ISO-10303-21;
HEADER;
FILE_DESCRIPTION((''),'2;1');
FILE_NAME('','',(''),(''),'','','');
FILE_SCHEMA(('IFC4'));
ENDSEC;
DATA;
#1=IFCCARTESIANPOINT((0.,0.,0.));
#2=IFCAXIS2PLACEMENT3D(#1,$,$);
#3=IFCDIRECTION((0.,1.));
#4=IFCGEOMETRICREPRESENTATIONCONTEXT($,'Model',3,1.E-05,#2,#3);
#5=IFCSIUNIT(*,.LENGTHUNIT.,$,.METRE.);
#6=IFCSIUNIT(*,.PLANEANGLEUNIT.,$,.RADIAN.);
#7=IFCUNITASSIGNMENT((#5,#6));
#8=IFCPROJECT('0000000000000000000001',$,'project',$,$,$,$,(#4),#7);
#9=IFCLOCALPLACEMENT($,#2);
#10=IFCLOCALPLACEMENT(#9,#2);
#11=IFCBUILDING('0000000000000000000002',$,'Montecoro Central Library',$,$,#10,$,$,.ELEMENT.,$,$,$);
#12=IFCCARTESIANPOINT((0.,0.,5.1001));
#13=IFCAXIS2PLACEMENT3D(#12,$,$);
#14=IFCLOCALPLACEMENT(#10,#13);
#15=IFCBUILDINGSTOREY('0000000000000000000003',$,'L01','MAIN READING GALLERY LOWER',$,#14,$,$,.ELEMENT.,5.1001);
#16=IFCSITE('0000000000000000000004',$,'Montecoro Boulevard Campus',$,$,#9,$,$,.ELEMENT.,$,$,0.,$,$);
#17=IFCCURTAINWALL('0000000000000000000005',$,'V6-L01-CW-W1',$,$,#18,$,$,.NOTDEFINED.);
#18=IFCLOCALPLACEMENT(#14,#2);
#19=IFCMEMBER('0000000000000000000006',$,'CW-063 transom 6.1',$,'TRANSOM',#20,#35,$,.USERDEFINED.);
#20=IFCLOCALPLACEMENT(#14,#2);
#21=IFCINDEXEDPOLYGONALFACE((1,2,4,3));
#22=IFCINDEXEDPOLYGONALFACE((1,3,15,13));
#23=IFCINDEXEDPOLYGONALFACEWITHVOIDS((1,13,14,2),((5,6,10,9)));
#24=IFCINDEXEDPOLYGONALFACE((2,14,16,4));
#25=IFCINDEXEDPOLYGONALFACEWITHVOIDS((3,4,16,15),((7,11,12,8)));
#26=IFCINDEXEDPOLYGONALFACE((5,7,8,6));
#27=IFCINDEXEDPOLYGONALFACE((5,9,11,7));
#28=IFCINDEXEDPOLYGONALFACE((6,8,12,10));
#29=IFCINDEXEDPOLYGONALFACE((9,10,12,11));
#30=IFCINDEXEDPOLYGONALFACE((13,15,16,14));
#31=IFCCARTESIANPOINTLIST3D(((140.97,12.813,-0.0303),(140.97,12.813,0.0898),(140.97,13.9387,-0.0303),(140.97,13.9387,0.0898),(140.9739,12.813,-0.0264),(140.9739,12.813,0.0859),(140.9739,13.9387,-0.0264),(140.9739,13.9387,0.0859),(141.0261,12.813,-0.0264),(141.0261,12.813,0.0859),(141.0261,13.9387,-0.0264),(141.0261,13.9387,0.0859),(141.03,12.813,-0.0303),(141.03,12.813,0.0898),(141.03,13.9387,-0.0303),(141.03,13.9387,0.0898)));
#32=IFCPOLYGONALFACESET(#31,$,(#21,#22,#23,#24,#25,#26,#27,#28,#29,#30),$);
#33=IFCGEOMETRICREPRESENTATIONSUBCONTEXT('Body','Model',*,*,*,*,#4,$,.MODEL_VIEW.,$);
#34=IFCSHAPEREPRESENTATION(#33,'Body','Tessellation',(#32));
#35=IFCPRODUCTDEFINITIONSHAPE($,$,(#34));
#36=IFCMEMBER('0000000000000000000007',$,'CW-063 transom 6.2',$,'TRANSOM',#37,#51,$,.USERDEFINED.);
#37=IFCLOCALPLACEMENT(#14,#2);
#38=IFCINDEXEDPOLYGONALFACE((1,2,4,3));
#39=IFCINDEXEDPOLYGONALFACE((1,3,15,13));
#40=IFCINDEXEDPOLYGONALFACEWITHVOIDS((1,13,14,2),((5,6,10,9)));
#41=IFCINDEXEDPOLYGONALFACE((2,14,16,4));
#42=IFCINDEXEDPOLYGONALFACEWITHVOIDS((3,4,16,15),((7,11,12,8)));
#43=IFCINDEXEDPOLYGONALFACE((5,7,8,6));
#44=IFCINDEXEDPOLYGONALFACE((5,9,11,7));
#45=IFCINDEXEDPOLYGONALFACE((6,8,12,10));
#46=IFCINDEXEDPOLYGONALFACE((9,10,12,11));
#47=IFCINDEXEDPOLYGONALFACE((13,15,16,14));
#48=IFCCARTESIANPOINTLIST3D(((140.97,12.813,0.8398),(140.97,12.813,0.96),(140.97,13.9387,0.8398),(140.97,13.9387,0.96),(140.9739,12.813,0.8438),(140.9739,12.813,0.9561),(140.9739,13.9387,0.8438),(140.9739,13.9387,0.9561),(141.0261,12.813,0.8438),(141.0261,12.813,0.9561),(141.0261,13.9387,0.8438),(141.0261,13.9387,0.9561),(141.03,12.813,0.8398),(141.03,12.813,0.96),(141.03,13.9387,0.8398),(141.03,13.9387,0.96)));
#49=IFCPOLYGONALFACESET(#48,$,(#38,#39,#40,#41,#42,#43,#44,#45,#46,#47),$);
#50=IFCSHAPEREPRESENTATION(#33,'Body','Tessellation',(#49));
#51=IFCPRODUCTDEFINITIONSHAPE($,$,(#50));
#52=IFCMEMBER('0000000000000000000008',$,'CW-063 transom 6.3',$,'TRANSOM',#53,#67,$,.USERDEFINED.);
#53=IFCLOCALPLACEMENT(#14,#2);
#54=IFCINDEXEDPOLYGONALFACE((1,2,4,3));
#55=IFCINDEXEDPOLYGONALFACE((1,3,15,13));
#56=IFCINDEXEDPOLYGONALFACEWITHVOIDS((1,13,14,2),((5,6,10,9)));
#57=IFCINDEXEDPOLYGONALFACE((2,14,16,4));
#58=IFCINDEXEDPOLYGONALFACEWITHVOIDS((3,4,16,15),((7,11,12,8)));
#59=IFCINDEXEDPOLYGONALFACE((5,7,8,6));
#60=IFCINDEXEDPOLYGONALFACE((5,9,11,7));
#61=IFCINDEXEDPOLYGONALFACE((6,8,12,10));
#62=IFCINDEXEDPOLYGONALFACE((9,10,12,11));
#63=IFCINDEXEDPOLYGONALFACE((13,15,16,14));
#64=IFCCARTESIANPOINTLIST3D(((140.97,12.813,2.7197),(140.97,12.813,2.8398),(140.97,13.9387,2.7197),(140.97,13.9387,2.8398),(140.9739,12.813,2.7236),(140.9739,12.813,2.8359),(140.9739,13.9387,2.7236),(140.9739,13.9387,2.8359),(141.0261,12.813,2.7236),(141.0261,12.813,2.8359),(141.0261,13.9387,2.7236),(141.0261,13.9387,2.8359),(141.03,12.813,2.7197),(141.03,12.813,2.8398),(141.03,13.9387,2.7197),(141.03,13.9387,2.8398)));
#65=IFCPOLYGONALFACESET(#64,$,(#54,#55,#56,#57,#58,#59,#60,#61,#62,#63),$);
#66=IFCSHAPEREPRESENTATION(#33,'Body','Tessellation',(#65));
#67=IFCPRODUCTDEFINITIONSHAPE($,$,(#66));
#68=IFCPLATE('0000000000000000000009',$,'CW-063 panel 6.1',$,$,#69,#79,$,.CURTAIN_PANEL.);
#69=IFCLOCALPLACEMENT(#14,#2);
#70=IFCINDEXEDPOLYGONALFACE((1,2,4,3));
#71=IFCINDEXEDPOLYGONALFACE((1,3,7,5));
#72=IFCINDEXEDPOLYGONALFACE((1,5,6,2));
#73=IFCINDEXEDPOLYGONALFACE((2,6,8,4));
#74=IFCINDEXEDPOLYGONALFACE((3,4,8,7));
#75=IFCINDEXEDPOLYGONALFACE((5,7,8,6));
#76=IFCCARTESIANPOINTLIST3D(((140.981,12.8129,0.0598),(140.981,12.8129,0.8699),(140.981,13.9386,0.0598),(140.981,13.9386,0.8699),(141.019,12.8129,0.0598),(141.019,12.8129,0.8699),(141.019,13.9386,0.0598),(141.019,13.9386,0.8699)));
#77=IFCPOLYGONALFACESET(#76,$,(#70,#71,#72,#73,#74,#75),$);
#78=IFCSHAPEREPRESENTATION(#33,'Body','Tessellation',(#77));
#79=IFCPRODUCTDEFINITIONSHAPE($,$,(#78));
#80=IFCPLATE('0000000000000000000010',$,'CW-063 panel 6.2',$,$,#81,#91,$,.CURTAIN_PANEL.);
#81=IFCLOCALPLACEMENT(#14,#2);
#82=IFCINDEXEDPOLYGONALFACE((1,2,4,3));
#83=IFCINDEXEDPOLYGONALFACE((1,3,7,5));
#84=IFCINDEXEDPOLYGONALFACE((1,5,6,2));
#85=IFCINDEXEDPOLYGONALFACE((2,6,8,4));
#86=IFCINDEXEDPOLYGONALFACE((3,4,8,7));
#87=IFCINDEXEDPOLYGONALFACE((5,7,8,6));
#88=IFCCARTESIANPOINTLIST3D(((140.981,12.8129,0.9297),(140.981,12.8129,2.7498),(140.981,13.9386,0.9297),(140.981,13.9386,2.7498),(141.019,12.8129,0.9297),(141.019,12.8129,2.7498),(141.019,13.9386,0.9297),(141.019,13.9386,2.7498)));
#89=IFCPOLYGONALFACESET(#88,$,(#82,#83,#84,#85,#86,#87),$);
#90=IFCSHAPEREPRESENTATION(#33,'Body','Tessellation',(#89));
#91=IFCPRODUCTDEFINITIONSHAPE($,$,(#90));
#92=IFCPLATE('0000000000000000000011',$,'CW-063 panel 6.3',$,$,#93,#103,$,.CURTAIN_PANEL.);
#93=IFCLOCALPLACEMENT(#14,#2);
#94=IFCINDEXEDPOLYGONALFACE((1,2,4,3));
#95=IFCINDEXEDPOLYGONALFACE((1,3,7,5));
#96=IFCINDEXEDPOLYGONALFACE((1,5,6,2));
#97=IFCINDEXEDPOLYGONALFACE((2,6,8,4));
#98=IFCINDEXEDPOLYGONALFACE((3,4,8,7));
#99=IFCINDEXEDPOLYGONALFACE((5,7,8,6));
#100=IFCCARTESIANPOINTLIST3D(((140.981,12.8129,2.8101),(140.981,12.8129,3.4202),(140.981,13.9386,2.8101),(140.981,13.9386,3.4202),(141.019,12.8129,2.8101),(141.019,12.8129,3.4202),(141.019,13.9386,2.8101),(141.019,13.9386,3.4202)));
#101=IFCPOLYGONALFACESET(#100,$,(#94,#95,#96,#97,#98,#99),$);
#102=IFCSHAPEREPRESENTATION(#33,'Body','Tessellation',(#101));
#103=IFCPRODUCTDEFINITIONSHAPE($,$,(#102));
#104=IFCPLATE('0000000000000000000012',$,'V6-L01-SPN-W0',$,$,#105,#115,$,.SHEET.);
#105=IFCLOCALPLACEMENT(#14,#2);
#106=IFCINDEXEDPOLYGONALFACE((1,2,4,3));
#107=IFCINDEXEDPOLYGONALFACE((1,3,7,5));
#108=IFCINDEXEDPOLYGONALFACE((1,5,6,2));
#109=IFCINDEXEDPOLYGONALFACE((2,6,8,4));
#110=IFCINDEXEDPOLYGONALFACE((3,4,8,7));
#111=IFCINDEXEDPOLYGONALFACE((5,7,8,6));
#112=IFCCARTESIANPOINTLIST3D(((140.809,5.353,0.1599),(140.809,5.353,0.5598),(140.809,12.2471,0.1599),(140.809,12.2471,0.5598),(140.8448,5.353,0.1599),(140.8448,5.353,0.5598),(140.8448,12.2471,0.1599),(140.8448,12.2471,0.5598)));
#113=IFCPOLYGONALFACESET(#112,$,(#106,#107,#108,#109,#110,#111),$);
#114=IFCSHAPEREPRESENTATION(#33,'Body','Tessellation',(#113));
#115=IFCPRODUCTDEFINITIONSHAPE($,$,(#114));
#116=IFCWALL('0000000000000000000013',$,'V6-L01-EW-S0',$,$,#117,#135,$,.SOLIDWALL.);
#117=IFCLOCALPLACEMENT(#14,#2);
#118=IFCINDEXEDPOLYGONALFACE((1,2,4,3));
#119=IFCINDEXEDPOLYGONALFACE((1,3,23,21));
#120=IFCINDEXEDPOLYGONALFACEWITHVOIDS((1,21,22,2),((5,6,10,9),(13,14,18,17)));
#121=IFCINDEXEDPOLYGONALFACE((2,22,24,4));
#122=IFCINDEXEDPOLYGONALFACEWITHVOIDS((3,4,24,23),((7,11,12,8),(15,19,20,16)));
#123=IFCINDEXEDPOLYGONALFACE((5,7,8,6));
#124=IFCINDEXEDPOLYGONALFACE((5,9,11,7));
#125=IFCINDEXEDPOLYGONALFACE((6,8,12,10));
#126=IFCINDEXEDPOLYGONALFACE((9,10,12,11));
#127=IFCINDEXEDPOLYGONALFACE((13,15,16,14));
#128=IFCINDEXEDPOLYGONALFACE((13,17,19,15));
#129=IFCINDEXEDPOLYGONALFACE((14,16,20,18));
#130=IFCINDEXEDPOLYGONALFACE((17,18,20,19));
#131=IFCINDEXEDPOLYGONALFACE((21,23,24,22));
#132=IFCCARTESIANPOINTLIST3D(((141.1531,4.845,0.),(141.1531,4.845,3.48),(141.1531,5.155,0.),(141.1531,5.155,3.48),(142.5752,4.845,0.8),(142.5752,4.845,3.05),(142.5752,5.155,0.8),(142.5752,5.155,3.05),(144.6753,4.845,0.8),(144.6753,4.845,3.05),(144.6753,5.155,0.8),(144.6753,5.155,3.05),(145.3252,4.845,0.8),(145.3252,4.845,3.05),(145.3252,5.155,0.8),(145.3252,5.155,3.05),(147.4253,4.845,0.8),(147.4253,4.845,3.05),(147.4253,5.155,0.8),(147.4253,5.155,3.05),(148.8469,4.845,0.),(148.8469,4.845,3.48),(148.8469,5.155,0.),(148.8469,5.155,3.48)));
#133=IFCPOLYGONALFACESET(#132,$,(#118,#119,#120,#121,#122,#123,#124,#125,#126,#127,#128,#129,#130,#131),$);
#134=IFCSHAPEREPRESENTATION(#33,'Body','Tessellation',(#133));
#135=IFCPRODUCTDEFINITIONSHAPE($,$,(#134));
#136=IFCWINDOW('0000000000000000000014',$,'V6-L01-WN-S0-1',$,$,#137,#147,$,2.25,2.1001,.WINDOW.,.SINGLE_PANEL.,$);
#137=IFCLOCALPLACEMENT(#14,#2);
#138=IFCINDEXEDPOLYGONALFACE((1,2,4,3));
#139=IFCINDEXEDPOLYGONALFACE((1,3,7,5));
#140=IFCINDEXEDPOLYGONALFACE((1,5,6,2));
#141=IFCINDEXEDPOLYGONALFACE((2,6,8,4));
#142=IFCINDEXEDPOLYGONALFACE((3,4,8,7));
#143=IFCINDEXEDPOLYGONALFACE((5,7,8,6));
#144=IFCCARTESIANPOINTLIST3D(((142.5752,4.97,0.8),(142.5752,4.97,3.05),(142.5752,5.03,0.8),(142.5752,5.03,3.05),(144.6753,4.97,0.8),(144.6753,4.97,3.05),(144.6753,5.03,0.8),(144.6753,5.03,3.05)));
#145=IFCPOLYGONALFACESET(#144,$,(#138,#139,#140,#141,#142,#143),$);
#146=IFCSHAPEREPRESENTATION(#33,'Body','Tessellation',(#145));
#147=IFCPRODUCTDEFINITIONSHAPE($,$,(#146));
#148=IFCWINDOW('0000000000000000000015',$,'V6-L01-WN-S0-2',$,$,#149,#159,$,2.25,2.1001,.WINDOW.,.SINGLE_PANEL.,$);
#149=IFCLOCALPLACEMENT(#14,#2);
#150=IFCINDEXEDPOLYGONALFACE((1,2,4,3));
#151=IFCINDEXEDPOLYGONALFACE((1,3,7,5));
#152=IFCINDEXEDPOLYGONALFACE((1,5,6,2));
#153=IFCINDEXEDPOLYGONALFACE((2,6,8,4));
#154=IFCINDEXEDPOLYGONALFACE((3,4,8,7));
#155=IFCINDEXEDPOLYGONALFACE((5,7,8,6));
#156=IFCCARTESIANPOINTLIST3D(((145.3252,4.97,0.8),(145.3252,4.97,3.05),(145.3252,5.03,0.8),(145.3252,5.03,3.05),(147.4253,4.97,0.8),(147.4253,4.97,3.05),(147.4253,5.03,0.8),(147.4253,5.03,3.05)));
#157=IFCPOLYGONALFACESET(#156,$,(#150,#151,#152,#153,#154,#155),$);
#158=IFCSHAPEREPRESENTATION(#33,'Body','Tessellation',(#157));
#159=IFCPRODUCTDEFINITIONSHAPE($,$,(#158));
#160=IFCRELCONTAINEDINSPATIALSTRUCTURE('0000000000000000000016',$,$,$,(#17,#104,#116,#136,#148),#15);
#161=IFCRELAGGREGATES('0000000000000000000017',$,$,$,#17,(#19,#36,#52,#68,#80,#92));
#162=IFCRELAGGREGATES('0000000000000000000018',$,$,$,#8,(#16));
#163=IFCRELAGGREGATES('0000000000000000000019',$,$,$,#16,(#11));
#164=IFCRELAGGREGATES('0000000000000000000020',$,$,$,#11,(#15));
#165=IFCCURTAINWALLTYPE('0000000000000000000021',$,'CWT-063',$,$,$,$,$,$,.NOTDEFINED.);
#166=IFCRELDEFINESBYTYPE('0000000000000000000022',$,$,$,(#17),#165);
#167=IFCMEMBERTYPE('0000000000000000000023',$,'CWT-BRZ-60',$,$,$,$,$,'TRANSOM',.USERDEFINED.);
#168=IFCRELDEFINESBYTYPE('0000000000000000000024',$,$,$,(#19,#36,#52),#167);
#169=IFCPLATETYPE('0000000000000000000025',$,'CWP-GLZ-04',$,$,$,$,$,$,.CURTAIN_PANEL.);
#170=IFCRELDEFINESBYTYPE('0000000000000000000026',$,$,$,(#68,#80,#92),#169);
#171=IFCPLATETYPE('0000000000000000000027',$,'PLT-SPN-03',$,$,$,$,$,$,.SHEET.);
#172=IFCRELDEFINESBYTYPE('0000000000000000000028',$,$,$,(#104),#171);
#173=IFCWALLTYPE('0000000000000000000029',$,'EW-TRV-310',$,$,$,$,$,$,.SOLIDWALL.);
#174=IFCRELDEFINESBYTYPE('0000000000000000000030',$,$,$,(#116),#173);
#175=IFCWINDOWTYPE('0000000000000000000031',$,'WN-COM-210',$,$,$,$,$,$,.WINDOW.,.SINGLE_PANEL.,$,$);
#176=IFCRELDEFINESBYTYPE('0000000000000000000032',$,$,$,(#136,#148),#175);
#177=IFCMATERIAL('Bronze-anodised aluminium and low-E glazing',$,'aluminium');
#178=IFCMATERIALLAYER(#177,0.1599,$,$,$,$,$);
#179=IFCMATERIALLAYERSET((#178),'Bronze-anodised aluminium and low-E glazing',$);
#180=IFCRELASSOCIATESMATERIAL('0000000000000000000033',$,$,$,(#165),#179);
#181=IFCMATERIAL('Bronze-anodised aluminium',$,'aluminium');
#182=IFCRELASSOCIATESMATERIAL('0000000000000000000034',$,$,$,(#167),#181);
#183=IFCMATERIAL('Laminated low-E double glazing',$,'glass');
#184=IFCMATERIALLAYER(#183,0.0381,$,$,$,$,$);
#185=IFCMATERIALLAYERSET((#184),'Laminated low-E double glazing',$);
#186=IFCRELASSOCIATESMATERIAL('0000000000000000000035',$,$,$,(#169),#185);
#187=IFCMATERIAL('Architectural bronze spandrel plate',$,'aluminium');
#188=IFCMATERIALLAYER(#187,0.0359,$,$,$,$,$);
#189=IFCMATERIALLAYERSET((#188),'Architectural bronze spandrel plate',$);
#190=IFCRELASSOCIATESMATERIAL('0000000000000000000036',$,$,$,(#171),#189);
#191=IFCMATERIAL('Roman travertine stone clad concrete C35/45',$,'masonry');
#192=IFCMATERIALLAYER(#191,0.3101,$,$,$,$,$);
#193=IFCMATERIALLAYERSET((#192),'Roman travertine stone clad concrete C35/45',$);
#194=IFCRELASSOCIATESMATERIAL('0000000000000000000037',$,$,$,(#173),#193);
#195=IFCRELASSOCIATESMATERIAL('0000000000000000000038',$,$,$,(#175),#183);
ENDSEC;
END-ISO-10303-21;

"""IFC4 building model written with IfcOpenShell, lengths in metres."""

from ifc_helpers import new_model, si_unit, direction, frame, frame_2d, origin, origin_2d, place, context, subcontext, project, spatial, rectangle, hollow_rectangle, extrude, material, layer, layer_set, material_profile, profile_set, type_object, element, fill, aggregate, save


model = new_model("IFC4")

# Units and contexts
model_context = context("Model", 3, precision=1e-05, world=origin(), true_north=direction((0.0, 1.0)))
body_context = subcontext(model_context, "Body", "Model", "MODEL_VIEW")
ifc_project = project(units=[si_unit("LENGTHUNIT", "METRE"), si_unit("PLANEANGLEUNIT", "RADIAN")], contexts=[model_context])

# Site, building, storey
site_placement = place(None, origin())
site = spatial("IfcSite", under=ifc_project, at=site_placement, Name="Montecoro Boulevard Campus", CompositionType="ELEMENT", RefElevation=0.0)
building_placement = place(site_placement, origin())
building = spatial("IfcBuilding", under=site, at=building_placement, Name="Montecoro Central Library", CompositionType="ELEMENT")
storey_placement = place(building_placement, frame((0.0, 0.0, 5.1001)))
storey = spatial("IfcBuildingStorey", under=building, at=storey_placement, Name="L01", Description="MAIN READING GALLERY LOWER", CompositionType="ELEMENT", Elevation=5.1001)

# Curtain wall, members, plates
ifc_material_1 = material(Name="Bronze-anodised aluminium and low-E glazing", Category="aluminium")
ifc_layer_1 = layer(ifc_material_1, 0.1599)
ifc_layer_set_1 = layer_set([ifc_layer_1], Name="Bronze-anodised aluminium and low-E glazing")
curtain_wall_type = type_object("IfcCurtainWallType", Name="CWT-063", PredefinedType="NOTDEFINED", material=ifc_layer_set_1)
curtain_wall_placement = place(storey_placement, origin())
curtain_wall = element("IfcCurtainWall", 1, at=curtain_wall_placement, inside=storey, type_object=curtain_wall_type, Name="V6-L01-CW-W1", PredefinedType="NOTDEFINED")
ifc_material_2 = material(Name="Bronze-anodised aluminium", Category="aluminium")
ifc_material_profile_1 = material_profile(ifc_material_2, hollow_rectangle(XDim=0.0601, YDim=0.1201, WallThickness=0.0039, at=origin_2d()), Name="CWT 120x60x4.0")
ifc_profile_set_1 = profile_set([ifc_material_profile_1], Name="Bronze-anodised aluminium")
member_type_1 = type_object("IfcMemberType", Name="CWT-BRZ-60", ElementType="TRANSOM", PredefinedType="USERDEFINED", material=ifc_profile_set_1)
member_1_placement = place(storey_placement, frame((141.0, 13.9387, 0.0298), z_axis=(0.0, -1.0, 0.0), x_axis=(1.0, 0.0, 0.0)))
member_1 = element("IfcMember", 2, at=member_1_placement, type_object=member_type_1, Name="CW-063 transom 6.1", ObjectType="TRANSOM", PredefinedType="USERDEFINED", context=body_context, shape_type="SweptSolid", body=[
    extrude(hollow_rectangle(XDim=0.0601, YDim=0.1201, WallThickness=0.0039, at=origin_2d()), origin(), (0.0, 0.0, 1.0), 1.1257),
])
member_2_placement = place(storey_placement, frame((141.0, 13.9387, 0.8999), z_axis=(0.0, -1.0, 0.0), x_axis=(1.0, 0.0, 0.0)))
member_2 = element("IfcMember", 3, at=member_2_placement, type_object=member_type_1, Name="CW-063 transom 6.2", ObjectType="TRANSOM", PredefinedType="USERDEFINED", context=body_context, shape_type="SweptSolid", body=[
    extrude(hollow_rectangle(XDim=0.0601, YDim=0.1201, WallThickness=0.0039, at=origin_2d()), origin(), (0.0, 0.0, 1.0), 1.1257),
])
member_3_placement = place(storey_placement, frame((141.0, 13.9387, 2.7798), z_axis=(0.0, -1.0, 0.0), x_axis=(1.0, 0.0, 0.0)))
member_3 = element("IfcMember", 4, at=member_3_placement, type_object=member_type_1, Name="CW-063 transom 6.3", ObjectType="TRANSOM", PredefinedType="USERDEFINED", context=body_context, shape_type="SweptSolid", body=[
    extrude(hollow_rectangle(XDim=0.0601, YDim=0.1201, WallThickness=0.0039, at=origin_2d()), origin(), (0.0, 0.0, 1.0), 1.1257),
])
ifc_material_3 = material(Name="Laminated low-E double glazing", Category="glass")
ifc_layer_2 = layer(ifc_material_3, 0.0381)
ifc_layer_set_2 = layer_set([ifc_layer_2], Name="Laminated low-E double glazing")
plate_type_1 = type_object("IfcPlateType", Name="CWP-GLZ-04", PredefinedType="CURTAIN_PANEL", material=ifc_layer_set_2)
plate_1_placement = place(storey_placement, frame((141.0, 13.3757, 0.0598), z_axis=(0.0, 0.0, 1.0), x_axis=(0.0, -1.0, 0.0)))
plate_1 = element("IfcPlate", 5, at=plate_1_placement, type_object=plate_type_1, Name="CW-063 panel 6.1", PredefinedType="CURTAIN_PANEL", context=body_context, shape_type="SweptSolid", body=[
    extrude(rectangle(XDim=1.1257, YDim=0.0381, at=origin_2d()), origin(), (0.0, 0.0, 1.0), 0.8101),
])
plate_2_placement = place(storey_placement, frame((141.0, 13.3757, 0.9297), z_axis=(0.0, 0.0, 1.0), x_axis=(0.0, -1.0, 0.0)))
plate_2 = element("IfcPlate", 6, at=plate_2_placement, type_object=plate_type_1, Name="CW-063 panel 6.2", PredefinedType="CURTAIN_PANEL", context=body_context, shape_type="SweptSolid", body=[
    extrude(rectangle(XDim=1.1257, YDim=0.0381, at=origin_2d()), origin(), (0.0, 0.0, 1.0), 1.8201),
])
plate_3_placement = place(storey_placement, frame((141.0, 13.3757, 2.8101), z_axis=(0.0, 0.0, 1.0), x_axis=(0.0, -1.0, 0.0)))
plate_3 = element("IfcPlate", 7, at=plate_3_placement, type_object=plate_type_1, Name="CW-063 panel 6.3", PredefinedType="CURTAIN_PANEL", context=body_context, shape_type="SweptSolid", body=[
    extrude(rectangle(XDim=1.1257, YDim=0.0381, at=origin_2d()), origin(), (0.0, 0.0, 1.0), 0.6101),
])
aggregate(curtain_wall, [member_1, member_2, member_3, plate_1, plate_2, plate_3])

# Plate
ifc_material_4 = material(Name="Architectural bronze spandrel plate", Category="aluminium")
ifc_layer_3 = layer(ifc_material_4, 0.0359)
ifc_layer_set_3 = layer_set([ifc_layer_3], Name="Architectural bronze spandrel plate")
plate_type_2 = type_object("IfcPlateType", Name="PLT-SPN-03", PredefinedType="SHEET", material=ifc_layer_set_3)
plate_4_placement = place(storey_placement, frame((140.8269, 8.8, 0.1599), z_axis=(0.0, 0.0, 1.0), x_axis=(0.0, -1.0, 0.0)))
element("IfcPlate", 8, at=plate_4_placement, inside=storey, type_object=plate_type_2, Name="V6-L01-SPN-W0", PredefinedType="SHEET", context=body_context, shape_type="SweptSolid", body=[
    extrude(rectangle(XDim=6.894, YDim=0.0359, at=origin_2d()), origin(), (0.0, 0.0, 1.0), 0.3999),
])

# Wall, openings, windows
ifc_material_5 = material(Name="Roman travertine stone clad concrete C35/45", Category="masonry")
ifc_layer_4 = layer(ifc_material_5, 0.3101)
ifc_layer_set_4 = layer_set([ifc_layer_4], Name="Roman travertine stone clad concrete C35/45")
wall_type_1 = type_object("IfcWallType", Name="EW-TRV-310", PredefinedType="SOLIDWALL", material=ifc_layer_set_4)
wall_1_placement = place(storey_placement, frame((141.1531, 5.0, 0.0), z_axis=(0.0, 0.0, 1.0), x_axis=(1.0, 0.0, 0.0)))
wall_1 = element("IfcWall", 9, at=wall_1_placement, inside=storey, type_object=wall_type_1, Name="V6-L01-EW-S0", PredefinedType="SOLIDWALL", context=body_context, shape_type="SweptSolid", body=[
    extrude(rectangle(XDim=7.6938, YDim=0.3101, at=frame_2d((3.8469, 0.0))), origin(), (0.0, 0.0, 1.0), 3.48),
])
opening_1_placement = place(wall_1_placement, frame((1.4221, 0.0, 0.8)))
opening_1 = element("IfcOpeningElement", 10, at=opening_1_placement, cuts=wall_1, PredefinedType="OPENING", context=body_context, shape_type="SweptSolid", body=[
    extrude(rectangle(XDim=2.1001, YDim=2.25, at=frame_2d((1.05, 1.125))), frame((0.0, 0.165, 0.0), z_axis=(0.0, -1.0, 0.0), x_axis=(1.0, 0.0, 0.0)), (0.0, 0.0, 1.0), 0.3301),
])
opening_2_placement = place(wall_1_placement, frame((4.1721, 0.0, 0.8)))
opening_2 = element("IfcOpeningElement", 11, at=opening_2_placement, cuts=wall_1, PredefinedType="OPENING", context=body_context, shape_type="SweptSolid", body=[
    extrude(rectangle(XDim=2.1001, YDim=2.25, at=frame_2d((1.05, 1.125))), frame((0.0, 0.165, 0.0), z_axis=(0.0, -1.0, 0.0), x_axis=(1.0, 0.0, 0.0)), (0.0, 0.0, 1.0), 0.3301),
])
window_type = type_object("IfcWindowType", Name="WN-COM-210", PartitioningType="SINGLE_PANEL", PredefinedType="WINDOW", material=ifc_material_3)
window_1_placement = place(opening_1_placement, origin())
window_1 = element("IfcWindow", 12, at=window_1_placement, inside=storey, type_object=window_type, Name="V6-L01-WN-S0-1", OverallHeight=2.25, OverallWidth=2.1001, PartitioningType="SINGLE_PANEL", PredefinedType="WINDOW", context=body_context, shape_type="SweptSolid", body=[
    extrude(rectangle(XDim=2.1001, YDim=2.25, at=frame_2d((1.05, 1.125))), frame((0.0, 0.03, 0.0), z_axis=(0.0, -1.0, 0.0), x_axis=(1.0, 0.0, 0.0)), (0.0, 0.0, 1.0), 0.0601),
])
fill(opening_1, window_1)
window_2_placement = place(opening_2_placement, origin())
window_2 = element("IfcWindow", 13, at=window_2_placement, inside=storey, type_object=window_type, Name="V6-L01-WN-S0-2", OverallHeight=2.25, OverallWidth=2.1001, PartitioningType="SINGLE_PANEL", PredefinedType="WINDOW", context=body_context, shape_type="SweptSolid", body=[
    extrude(rectangle(XDim=2.1001, YDim=2.25, at=frame_2d((1.05, 1.125))), frame((0.0, 0.03, 0.0), z_axis=(0.0, -1.0, 0.0), x_axis=(1.0, 0.0, 0.0)), (0.0, 0.0, 1.0), 0.0601),
])
fill(opening_2, window_2)

save(model, "model.ifc")
